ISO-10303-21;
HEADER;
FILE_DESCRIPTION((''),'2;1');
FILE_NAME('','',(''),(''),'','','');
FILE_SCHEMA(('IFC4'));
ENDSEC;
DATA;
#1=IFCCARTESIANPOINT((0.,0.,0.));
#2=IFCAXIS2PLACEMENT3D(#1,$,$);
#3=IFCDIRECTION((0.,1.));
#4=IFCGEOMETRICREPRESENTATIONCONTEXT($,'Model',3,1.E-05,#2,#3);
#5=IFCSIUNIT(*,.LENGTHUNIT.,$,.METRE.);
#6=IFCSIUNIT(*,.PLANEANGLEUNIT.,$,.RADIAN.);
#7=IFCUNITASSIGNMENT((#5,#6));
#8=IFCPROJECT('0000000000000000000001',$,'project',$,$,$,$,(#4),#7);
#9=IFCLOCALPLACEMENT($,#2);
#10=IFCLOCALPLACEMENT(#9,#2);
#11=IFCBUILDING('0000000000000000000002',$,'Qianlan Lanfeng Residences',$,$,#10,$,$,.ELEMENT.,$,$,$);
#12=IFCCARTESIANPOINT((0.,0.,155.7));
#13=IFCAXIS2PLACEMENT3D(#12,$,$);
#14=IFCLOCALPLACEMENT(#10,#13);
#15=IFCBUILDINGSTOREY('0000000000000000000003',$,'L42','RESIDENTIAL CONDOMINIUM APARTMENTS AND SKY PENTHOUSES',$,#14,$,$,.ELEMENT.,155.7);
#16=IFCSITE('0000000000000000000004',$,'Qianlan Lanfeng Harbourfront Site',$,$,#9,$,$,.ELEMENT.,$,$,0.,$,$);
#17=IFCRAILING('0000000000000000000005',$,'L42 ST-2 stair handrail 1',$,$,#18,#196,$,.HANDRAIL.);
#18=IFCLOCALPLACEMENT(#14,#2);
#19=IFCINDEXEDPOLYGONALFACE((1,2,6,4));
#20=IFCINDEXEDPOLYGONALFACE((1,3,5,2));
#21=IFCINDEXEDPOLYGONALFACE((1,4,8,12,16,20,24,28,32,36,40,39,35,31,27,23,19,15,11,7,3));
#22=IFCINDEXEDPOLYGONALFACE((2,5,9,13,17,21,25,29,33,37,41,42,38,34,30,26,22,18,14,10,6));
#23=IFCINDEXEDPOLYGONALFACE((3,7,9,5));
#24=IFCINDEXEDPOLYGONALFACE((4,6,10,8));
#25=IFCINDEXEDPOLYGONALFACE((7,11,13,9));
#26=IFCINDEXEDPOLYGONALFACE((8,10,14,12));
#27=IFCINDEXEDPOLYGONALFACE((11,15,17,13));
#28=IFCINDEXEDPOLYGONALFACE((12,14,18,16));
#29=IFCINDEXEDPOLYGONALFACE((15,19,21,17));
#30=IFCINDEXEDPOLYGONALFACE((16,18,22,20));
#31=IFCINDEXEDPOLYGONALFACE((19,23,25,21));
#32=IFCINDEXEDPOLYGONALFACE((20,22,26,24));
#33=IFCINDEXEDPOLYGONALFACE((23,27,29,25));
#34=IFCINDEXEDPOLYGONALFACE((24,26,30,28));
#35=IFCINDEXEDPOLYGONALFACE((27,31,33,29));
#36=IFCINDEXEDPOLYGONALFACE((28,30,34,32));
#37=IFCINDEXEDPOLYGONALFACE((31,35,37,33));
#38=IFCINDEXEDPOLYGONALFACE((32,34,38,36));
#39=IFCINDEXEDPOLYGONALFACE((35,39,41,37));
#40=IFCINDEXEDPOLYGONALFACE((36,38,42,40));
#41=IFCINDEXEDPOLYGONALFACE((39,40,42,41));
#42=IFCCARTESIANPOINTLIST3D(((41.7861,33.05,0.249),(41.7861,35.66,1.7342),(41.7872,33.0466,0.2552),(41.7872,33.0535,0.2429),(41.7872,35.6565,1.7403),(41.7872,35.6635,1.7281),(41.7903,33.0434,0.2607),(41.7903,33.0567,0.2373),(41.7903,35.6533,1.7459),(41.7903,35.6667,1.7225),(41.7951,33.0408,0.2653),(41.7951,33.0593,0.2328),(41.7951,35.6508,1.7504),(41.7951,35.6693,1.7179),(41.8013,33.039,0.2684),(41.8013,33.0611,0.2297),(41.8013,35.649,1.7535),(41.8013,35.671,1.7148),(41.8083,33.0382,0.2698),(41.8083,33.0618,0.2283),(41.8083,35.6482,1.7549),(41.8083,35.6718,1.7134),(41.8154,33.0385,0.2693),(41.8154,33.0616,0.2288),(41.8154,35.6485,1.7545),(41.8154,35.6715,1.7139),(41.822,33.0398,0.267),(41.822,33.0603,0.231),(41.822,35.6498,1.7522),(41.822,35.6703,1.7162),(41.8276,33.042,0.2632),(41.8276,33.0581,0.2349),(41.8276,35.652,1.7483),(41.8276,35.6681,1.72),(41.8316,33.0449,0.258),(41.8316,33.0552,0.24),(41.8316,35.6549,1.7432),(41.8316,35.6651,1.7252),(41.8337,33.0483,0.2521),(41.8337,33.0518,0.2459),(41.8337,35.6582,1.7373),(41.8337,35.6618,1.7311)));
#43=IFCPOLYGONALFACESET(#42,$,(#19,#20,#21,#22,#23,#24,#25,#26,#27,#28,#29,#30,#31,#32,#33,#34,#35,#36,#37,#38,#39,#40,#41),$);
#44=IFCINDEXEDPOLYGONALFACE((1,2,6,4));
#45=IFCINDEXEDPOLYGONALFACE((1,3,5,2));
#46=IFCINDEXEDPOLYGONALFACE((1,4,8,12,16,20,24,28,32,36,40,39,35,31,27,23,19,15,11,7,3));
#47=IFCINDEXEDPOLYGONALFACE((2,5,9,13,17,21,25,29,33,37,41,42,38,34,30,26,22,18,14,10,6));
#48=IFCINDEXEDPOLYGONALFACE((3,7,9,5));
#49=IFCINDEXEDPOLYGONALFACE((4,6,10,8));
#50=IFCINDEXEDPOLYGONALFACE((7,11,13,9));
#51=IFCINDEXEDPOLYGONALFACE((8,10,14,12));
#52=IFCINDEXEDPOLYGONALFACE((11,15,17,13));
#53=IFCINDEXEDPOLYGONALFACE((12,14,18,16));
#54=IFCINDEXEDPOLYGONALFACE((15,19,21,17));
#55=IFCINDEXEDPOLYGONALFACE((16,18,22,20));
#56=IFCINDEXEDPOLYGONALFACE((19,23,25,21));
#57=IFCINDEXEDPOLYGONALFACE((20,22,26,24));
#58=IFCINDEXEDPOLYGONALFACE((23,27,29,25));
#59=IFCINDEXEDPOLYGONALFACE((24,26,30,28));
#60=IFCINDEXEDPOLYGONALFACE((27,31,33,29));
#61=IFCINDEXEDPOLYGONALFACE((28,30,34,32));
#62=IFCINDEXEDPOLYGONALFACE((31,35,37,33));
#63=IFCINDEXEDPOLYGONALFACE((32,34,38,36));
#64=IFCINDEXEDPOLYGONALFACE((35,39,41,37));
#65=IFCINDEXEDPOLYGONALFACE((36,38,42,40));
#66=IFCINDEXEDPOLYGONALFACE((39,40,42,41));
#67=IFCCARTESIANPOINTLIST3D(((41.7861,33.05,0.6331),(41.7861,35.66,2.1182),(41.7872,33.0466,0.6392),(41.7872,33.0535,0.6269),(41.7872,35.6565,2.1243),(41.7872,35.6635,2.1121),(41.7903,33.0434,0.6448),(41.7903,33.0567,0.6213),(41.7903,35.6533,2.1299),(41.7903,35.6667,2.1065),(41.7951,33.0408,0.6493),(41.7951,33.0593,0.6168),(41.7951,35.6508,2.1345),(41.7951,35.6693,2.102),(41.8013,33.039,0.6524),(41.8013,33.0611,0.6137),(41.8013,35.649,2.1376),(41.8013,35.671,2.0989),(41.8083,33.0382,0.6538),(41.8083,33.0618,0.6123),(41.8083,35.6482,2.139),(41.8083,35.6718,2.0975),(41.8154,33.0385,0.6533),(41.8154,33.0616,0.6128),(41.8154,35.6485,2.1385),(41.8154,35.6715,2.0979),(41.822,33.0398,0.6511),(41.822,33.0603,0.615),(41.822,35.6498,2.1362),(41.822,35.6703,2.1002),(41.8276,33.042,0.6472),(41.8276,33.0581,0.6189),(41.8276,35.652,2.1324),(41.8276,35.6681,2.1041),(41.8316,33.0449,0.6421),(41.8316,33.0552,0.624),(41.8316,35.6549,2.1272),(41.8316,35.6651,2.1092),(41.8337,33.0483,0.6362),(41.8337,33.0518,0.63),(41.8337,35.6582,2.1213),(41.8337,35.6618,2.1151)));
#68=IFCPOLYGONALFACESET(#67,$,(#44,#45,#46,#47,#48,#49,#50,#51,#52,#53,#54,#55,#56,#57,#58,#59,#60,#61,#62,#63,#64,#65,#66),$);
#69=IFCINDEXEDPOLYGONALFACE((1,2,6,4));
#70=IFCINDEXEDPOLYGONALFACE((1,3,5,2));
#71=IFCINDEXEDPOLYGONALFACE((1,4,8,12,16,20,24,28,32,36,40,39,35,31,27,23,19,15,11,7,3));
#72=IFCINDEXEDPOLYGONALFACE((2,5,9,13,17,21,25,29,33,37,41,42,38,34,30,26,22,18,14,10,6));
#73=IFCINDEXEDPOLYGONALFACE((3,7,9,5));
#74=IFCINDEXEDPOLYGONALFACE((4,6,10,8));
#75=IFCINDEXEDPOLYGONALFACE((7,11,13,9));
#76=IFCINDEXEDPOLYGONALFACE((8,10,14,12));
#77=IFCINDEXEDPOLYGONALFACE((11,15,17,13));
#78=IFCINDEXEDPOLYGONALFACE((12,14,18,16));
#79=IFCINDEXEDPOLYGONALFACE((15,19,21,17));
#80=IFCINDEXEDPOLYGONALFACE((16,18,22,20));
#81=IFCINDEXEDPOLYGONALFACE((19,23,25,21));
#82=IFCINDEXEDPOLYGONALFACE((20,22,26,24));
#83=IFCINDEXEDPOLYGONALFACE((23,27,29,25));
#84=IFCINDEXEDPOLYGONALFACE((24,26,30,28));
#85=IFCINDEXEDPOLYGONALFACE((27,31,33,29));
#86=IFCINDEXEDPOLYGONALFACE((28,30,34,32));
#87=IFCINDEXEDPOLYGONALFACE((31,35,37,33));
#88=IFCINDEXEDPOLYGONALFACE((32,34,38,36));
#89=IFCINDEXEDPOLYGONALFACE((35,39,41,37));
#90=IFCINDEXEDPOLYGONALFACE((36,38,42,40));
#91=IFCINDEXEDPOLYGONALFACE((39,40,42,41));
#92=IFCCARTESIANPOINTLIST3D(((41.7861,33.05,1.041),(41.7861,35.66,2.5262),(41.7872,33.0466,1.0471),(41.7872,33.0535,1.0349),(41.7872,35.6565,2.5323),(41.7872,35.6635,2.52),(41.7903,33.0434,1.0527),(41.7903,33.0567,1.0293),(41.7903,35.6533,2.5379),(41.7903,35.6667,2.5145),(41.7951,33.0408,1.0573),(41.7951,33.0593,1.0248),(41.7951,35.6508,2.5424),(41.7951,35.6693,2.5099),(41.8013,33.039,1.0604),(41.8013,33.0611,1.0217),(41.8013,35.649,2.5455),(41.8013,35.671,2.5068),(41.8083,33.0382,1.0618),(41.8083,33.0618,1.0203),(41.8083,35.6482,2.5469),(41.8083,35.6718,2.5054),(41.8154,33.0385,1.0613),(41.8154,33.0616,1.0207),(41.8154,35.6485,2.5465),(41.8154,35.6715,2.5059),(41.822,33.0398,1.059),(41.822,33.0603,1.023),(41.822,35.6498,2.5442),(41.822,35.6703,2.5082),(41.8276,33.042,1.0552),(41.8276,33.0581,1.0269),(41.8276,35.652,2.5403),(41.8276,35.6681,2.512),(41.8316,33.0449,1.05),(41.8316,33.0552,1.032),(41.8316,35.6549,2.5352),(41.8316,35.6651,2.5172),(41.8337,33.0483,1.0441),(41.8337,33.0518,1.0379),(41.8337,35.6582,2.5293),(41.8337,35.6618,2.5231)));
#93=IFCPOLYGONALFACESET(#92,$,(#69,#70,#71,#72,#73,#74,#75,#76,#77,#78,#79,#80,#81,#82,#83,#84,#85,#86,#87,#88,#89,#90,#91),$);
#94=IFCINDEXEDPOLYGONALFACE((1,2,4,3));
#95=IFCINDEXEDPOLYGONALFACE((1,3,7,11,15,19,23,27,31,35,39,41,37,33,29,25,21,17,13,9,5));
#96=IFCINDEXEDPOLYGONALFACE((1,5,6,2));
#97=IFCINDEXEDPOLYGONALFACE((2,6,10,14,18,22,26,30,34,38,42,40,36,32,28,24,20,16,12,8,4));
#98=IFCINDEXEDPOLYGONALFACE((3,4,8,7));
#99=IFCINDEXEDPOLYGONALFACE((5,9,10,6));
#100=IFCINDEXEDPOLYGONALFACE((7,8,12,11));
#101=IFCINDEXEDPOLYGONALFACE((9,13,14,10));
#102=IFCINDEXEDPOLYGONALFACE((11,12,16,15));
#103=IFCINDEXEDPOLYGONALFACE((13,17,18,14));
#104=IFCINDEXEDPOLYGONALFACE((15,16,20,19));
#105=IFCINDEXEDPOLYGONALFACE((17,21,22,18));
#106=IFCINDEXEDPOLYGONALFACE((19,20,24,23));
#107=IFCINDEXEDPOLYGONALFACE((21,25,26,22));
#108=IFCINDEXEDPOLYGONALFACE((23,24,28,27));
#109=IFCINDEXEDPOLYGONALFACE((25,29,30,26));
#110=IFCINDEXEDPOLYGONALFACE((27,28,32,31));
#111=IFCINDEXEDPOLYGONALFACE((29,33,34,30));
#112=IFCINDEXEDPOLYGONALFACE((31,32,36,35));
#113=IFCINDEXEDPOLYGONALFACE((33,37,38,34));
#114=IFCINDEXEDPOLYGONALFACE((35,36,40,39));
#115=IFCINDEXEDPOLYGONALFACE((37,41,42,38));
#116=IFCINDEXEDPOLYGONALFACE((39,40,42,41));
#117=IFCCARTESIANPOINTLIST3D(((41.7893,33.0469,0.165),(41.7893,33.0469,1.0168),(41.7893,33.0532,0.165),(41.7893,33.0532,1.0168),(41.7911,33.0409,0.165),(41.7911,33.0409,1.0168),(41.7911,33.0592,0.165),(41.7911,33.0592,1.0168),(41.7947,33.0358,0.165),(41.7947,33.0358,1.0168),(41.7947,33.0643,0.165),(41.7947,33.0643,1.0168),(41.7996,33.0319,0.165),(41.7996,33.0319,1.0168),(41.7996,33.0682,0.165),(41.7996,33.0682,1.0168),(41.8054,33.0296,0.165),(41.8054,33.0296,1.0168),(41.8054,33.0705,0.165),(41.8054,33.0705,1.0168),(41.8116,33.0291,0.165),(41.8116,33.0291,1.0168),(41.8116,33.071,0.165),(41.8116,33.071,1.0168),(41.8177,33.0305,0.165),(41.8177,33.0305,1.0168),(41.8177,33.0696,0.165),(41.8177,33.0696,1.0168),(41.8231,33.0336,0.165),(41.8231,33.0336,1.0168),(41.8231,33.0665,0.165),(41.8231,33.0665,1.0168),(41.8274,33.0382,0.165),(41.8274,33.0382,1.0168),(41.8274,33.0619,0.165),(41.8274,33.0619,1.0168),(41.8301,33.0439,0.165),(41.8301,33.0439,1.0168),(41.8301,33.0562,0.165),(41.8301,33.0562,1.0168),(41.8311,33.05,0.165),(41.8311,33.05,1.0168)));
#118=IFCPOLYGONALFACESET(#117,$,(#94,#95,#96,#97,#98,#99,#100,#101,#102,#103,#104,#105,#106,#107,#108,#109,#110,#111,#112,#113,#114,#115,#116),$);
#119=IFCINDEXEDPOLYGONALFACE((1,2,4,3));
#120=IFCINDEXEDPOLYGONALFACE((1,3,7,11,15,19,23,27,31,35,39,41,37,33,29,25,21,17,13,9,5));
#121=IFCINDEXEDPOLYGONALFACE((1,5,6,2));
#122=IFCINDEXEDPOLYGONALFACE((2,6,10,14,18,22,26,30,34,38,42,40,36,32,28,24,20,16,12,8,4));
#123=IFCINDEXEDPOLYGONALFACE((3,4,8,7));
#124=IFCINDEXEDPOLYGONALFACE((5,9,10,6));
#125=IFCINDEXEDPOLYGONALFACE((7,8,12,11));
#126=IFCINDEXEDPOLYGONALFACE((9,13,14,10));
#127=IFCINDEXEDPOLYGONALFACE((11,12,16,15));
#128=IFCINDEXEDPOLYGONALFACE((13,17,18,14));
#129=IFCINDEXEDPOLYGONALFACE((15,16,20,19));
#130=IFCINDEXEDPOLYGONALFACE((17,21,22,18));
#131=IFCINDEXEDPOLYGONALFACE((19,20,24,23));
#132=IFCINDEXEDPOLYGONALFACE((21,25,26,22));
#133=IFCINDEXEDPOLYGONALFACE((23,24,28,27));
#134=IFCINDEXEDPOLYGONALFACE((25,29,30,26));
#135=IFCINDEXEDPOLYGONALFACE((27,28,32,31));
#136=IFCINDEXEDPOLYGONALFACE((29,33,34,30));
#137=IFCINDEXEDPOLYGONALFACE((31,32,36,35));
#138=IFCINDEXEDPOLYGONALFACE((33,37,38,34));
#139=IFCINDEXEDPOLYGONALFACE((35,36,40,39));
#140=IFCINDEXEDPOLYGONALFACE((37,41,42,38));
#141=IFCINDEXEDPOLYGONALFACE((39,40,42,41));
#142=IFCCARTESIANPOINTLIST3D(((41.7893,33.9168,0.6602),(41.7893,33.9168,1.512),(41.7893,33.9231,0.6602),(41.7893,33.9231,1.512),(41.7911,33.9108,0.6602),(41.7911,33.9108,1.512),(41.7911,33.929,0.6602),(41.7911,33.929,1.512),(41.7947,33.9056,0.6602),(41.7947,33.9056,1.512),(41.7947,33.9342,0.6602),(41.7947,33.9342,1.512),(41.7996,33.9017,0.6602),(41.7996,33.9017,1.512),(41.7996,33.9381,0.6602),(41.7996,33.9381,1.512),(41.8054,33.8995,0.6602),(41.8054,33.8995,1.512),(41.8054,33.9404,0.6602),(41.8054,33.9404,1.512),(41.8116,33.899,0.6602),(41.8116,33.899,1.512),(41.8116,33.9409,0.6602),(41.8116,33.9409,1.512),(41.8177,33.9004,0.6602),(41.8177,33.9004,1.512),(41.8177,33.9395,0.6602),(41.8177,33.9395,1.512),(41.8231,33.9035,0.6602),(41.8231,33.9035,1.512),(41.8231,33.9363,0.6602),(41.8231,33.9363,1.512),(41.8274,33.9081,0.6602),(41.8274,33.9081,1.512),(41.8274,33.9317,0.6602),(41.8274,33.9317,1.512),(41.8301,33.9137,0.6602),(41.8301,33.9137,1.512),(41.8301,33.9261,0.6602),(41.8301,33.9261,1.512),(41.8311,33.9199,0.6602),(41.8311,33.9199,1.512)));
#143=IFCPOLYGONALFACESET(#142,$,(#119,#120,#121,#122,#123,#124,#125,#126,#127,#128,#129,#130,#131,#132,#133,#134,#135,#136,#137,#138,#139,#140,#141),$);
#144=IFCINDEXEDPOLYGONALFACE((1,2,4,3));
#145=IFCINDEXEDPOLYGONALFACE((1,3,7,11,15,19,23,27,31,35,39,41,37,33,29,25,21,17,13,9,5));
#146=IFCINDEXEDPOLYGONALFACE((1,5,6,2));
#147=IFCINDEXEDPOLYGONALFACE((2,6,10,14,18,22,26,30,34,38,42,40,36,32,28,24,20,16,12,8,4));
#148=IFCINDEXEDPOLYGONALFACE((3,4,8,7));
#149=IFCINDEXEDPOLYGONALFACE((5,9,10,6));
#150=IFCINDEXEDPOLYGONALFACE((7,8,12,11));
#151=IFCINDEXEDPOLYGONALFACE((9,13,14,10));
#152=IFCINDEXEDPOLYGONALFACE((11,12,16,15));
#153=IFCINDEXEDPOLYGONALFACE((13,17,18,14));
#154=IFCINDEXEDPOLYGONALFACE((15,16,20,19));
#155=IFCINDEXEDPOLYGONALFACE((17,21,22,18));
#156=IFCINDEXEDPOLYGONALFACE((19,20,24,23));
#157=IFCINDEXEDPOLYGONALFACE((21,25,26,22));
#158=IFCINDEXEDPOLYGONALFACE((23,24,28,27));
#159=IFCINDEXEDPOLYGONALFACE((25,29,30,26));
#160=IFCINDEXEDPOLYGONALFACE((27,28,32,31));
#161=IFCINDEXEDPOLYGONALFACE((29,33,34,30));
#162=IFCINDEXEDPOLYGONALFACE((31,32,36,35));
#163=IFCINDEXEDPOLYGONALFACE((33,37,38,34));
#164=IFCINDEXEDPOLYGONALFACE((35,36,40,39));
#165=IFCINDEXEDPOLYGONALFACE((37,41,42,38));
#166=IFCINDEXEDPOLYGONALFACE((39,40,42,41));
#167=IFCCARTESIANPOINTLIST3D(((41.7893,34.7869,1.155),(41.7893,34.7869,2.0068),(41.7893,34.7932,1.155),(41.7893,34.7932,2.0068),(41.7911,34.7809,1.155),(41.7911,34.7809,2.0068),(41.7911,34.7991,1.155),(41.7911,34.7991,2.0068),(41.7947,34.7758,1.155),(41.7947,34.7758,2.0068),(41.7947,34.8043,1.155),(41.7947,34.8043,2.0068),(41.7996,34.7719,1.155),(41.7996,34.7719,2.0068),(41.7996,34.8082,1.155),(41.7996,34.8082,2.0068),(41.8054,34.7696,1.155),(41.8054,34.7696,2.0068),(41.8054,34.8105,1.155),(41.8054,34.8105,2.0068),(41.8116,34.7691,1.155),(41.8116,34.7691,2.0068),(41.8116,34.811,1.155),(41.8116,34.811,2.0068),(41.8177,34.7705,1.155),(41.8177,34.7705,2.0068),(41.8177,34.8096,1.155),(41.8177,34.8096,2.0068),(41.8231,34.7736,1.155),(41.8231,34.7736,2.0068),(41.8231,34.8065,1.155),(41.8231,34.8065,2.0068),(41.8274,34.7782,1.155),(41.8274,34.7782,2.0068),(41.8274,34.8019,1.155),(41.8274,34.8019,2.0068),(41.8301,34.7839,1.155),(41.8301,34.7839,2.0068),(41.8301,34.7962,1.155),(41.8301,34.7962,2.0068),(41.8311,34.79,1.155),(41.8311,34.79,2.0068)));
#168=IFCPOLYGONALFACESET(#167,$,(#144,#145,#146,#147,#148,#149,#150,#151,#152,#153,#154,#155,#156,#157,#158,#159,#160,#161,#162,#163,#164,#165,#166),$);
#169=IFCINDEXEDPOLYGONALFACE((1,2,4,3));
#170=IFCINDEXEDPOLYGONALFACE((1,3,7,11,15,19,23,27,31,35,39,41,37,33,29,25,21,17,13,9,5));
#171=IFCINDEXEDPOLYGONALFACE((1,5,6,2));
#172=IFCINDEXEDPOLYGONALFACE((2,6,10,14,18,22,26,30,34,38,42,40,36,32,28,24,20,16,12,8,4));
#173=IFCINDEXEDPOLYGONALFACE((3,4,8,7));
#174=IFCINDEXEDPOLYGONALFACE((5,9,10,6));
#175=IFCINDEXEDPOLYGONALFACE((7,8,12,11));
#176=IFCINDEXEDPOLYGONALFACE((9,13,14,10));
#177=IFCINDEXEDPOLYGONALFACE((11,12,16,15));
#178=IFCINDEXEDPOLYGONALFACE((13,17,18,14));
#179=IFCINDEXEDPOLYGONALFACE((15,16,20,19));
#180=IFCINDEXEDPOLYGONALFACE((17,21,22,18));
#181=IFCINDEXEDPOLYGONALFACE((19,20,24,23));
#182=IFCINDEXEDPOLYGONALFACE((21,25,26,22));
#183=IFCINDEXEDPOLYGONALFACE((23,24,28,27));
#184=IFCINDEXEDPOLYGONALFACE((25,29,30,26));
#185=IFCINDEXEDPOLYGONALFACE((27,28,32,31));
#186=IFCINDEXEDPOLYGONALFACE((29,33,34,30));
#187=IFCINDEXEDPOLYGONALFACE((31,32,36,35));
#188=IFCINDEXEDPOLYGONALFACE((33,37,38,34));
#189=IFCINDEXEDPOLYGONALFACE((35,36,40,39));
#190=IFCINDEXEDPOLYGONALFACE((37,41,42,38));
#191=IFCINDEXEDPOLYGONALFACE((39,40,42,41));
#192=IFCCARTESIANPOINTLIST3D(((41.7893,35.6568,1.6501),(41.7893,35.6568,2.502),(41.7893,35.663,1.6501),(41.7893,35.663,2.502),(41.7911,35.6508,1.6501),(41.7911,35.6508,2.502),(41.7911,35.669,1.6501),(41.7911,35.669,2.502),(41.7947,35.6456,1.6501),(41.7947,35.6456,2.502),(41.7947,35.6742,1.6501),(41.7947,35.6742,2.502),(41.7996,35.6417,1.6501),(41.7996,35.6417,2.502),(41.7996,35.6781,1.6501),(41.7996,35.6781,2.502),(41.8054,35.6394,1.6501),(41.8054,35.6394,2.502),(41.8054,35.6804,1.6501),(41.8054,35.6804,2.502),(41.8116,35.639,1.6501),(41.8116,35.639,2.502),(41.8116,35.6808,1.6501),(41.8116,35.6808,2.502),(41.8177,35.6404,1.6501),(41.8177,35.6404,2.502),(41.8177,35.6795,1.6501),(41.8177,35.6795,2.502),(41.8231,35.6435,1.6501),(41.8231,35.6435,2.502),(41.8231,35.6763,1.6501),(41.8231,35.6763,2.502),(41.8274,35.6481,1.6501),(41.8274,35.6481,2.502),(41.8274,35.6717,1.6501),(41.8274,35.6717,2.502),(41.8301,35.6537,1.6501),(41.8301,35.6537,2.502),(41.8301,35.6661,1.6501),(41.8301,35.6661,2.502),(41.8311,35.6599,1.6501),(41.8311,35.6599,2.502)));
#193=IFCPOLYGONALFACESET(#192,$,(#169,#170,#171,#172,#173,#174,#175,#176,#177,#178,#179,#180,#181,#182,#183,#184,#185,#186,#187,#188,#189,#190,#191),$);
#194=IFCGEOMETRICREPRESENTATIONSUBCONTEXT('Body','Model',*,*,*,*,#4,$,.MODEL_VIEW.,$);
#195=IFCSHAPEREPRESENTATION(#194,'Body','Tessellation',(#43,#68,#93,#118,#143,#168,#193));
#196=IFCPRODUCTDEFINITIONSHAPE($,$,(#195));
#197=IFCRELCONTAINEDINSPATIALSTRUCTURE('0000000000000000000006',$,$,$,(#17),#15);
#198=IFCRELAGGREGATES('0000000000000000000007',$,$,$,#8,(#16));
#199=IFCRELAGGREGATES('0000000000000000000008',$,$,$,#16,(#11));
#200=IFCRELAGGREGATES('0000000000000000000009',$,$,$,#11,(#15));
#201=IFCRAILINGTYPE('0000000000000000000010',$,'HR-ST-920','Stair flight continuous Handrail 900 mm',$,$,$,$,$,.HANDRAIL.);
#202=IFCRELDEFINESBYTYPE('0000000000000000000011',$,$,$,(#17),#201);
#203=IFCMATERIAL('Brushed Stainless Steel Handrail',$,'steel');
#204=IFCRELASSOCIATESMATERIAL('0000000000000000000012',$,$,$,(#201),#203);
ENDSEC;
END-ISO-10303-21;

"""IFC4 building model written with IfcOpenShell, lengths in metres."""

from ifc_helpers import new_model, si_unit, direction, frame, origin, origin_2d, place, context, subcontext, project, spatial, circle, extrude, material, type_object, element, save


model = new_model("IFC4")

# Units and contexts
model_context = context("Model", 3, precision=1e-05, world=origin(), true_north=direction((0.0, 1.0)))
body_context = subcontext(model_context, "Body", "Model", "MODEL_VIEW")
ifc_project = project(units=[si_unit("LENGTHUNIT", "METRE"), si_unit("PLANEANGLEUNIT", "RADIAN")], contexts=[model_context])

# Site, building, storey
site_placement = place(None, origin())
site = spatial("IfcSite", under=ifc_project, at=site_placement, Name="Qianlan Lanfeng Harbourfront Site", CompositionType="ELEMENT", RefElevation=0.0)
building_placement = place(site_placement, origin())
building = spatial("IfcBuilding", under=site, at=building_placement, Name="Qianlan Lanfeng Residences", CompositionType="ELEMENT")
storey_placement = place(building_placement, frame((0.0, 0.0, 155.7)))
storey = spatial("IfcBuildingStorey", under=building, at=storey_placement, Name="L42", Description="RESIDENTIAL CONDOMINIUM APARTMENTS AND SKY PENTHOUSES", CompositionType="ELEMENT", Elevation=155.7)

# Railing
ifc_material_1 = material(Name="Brushed Stainless Steel Handrail", Category="steel")
railing_type_1 = type_object("IfcRailingType", Name="HR-ST-920", Description="Stair flight continuous Handrail 900 mm", PredefinedType="HANDRAIL", material=ifc_material_1)
railing_1_placement = place(storey_placement, frame((41.8101, 33.05, 0.165)))
element("IfcRailing", 1, at=railing_1_placement, inside=storey, type_object=railing_type_1, Name="L42 ST-2 stair handrail 1", PredefinedType="HANDRAIL", context=body_context, shape_type="SweptSolid", body=[
    extrude(circle(Radius=0.0239, at=origin_2d()), frame((0.0, 0.0, 0.084), z_axis=(0.0, 0.869137, 0.494571), x_axis=(-1.0, 0.0, 0.0)), (0.0, 0.0, 1.0), 3.0029),
    extrude(circle(Radius=0.0239, at=origin_2d()), frame((0.0, 0.0, 0.468), z_axis=(0.0, 0.869137, 0.494571), x_axis=(-1.0, 0.0, 0.0)), (0.0, 0.0, 1.0), 3.0029),
    extrude(circle(Radius=0.0239, at=origin_2d()), frame((0.0, 0.0, 0.876), z_axis=(0.0, 0.869137, 0.494571), x_axis=(-1.0, 0.0, 0.0)), (0.0, 0.0, 1.0), 3.0029),
    extrude(circle(Radius=0.021, at=origin_2d()), origin(), (0.0, 0.0, 1.0), 0.8518),
    extrude(circle(Radius=0.021, at=origin_2d()), frame((0.0, 0.8699, 0.4951)), (0.0, 0.0, 1.0), 0.8518),
    extrude(circle(Radius=0.021, at=origin_2d()), frame((0.0, 1.74, 0.99)), (0.0, 0.0, 1.0), 0.8518),
    extrude(circle(Radius=0.021, at=origin_2d()), frame((0.0, 2.6099, 1.4851)), (0.0, 0.0, 1.0), 0.8518),
])

save(model, "model.ifc")
